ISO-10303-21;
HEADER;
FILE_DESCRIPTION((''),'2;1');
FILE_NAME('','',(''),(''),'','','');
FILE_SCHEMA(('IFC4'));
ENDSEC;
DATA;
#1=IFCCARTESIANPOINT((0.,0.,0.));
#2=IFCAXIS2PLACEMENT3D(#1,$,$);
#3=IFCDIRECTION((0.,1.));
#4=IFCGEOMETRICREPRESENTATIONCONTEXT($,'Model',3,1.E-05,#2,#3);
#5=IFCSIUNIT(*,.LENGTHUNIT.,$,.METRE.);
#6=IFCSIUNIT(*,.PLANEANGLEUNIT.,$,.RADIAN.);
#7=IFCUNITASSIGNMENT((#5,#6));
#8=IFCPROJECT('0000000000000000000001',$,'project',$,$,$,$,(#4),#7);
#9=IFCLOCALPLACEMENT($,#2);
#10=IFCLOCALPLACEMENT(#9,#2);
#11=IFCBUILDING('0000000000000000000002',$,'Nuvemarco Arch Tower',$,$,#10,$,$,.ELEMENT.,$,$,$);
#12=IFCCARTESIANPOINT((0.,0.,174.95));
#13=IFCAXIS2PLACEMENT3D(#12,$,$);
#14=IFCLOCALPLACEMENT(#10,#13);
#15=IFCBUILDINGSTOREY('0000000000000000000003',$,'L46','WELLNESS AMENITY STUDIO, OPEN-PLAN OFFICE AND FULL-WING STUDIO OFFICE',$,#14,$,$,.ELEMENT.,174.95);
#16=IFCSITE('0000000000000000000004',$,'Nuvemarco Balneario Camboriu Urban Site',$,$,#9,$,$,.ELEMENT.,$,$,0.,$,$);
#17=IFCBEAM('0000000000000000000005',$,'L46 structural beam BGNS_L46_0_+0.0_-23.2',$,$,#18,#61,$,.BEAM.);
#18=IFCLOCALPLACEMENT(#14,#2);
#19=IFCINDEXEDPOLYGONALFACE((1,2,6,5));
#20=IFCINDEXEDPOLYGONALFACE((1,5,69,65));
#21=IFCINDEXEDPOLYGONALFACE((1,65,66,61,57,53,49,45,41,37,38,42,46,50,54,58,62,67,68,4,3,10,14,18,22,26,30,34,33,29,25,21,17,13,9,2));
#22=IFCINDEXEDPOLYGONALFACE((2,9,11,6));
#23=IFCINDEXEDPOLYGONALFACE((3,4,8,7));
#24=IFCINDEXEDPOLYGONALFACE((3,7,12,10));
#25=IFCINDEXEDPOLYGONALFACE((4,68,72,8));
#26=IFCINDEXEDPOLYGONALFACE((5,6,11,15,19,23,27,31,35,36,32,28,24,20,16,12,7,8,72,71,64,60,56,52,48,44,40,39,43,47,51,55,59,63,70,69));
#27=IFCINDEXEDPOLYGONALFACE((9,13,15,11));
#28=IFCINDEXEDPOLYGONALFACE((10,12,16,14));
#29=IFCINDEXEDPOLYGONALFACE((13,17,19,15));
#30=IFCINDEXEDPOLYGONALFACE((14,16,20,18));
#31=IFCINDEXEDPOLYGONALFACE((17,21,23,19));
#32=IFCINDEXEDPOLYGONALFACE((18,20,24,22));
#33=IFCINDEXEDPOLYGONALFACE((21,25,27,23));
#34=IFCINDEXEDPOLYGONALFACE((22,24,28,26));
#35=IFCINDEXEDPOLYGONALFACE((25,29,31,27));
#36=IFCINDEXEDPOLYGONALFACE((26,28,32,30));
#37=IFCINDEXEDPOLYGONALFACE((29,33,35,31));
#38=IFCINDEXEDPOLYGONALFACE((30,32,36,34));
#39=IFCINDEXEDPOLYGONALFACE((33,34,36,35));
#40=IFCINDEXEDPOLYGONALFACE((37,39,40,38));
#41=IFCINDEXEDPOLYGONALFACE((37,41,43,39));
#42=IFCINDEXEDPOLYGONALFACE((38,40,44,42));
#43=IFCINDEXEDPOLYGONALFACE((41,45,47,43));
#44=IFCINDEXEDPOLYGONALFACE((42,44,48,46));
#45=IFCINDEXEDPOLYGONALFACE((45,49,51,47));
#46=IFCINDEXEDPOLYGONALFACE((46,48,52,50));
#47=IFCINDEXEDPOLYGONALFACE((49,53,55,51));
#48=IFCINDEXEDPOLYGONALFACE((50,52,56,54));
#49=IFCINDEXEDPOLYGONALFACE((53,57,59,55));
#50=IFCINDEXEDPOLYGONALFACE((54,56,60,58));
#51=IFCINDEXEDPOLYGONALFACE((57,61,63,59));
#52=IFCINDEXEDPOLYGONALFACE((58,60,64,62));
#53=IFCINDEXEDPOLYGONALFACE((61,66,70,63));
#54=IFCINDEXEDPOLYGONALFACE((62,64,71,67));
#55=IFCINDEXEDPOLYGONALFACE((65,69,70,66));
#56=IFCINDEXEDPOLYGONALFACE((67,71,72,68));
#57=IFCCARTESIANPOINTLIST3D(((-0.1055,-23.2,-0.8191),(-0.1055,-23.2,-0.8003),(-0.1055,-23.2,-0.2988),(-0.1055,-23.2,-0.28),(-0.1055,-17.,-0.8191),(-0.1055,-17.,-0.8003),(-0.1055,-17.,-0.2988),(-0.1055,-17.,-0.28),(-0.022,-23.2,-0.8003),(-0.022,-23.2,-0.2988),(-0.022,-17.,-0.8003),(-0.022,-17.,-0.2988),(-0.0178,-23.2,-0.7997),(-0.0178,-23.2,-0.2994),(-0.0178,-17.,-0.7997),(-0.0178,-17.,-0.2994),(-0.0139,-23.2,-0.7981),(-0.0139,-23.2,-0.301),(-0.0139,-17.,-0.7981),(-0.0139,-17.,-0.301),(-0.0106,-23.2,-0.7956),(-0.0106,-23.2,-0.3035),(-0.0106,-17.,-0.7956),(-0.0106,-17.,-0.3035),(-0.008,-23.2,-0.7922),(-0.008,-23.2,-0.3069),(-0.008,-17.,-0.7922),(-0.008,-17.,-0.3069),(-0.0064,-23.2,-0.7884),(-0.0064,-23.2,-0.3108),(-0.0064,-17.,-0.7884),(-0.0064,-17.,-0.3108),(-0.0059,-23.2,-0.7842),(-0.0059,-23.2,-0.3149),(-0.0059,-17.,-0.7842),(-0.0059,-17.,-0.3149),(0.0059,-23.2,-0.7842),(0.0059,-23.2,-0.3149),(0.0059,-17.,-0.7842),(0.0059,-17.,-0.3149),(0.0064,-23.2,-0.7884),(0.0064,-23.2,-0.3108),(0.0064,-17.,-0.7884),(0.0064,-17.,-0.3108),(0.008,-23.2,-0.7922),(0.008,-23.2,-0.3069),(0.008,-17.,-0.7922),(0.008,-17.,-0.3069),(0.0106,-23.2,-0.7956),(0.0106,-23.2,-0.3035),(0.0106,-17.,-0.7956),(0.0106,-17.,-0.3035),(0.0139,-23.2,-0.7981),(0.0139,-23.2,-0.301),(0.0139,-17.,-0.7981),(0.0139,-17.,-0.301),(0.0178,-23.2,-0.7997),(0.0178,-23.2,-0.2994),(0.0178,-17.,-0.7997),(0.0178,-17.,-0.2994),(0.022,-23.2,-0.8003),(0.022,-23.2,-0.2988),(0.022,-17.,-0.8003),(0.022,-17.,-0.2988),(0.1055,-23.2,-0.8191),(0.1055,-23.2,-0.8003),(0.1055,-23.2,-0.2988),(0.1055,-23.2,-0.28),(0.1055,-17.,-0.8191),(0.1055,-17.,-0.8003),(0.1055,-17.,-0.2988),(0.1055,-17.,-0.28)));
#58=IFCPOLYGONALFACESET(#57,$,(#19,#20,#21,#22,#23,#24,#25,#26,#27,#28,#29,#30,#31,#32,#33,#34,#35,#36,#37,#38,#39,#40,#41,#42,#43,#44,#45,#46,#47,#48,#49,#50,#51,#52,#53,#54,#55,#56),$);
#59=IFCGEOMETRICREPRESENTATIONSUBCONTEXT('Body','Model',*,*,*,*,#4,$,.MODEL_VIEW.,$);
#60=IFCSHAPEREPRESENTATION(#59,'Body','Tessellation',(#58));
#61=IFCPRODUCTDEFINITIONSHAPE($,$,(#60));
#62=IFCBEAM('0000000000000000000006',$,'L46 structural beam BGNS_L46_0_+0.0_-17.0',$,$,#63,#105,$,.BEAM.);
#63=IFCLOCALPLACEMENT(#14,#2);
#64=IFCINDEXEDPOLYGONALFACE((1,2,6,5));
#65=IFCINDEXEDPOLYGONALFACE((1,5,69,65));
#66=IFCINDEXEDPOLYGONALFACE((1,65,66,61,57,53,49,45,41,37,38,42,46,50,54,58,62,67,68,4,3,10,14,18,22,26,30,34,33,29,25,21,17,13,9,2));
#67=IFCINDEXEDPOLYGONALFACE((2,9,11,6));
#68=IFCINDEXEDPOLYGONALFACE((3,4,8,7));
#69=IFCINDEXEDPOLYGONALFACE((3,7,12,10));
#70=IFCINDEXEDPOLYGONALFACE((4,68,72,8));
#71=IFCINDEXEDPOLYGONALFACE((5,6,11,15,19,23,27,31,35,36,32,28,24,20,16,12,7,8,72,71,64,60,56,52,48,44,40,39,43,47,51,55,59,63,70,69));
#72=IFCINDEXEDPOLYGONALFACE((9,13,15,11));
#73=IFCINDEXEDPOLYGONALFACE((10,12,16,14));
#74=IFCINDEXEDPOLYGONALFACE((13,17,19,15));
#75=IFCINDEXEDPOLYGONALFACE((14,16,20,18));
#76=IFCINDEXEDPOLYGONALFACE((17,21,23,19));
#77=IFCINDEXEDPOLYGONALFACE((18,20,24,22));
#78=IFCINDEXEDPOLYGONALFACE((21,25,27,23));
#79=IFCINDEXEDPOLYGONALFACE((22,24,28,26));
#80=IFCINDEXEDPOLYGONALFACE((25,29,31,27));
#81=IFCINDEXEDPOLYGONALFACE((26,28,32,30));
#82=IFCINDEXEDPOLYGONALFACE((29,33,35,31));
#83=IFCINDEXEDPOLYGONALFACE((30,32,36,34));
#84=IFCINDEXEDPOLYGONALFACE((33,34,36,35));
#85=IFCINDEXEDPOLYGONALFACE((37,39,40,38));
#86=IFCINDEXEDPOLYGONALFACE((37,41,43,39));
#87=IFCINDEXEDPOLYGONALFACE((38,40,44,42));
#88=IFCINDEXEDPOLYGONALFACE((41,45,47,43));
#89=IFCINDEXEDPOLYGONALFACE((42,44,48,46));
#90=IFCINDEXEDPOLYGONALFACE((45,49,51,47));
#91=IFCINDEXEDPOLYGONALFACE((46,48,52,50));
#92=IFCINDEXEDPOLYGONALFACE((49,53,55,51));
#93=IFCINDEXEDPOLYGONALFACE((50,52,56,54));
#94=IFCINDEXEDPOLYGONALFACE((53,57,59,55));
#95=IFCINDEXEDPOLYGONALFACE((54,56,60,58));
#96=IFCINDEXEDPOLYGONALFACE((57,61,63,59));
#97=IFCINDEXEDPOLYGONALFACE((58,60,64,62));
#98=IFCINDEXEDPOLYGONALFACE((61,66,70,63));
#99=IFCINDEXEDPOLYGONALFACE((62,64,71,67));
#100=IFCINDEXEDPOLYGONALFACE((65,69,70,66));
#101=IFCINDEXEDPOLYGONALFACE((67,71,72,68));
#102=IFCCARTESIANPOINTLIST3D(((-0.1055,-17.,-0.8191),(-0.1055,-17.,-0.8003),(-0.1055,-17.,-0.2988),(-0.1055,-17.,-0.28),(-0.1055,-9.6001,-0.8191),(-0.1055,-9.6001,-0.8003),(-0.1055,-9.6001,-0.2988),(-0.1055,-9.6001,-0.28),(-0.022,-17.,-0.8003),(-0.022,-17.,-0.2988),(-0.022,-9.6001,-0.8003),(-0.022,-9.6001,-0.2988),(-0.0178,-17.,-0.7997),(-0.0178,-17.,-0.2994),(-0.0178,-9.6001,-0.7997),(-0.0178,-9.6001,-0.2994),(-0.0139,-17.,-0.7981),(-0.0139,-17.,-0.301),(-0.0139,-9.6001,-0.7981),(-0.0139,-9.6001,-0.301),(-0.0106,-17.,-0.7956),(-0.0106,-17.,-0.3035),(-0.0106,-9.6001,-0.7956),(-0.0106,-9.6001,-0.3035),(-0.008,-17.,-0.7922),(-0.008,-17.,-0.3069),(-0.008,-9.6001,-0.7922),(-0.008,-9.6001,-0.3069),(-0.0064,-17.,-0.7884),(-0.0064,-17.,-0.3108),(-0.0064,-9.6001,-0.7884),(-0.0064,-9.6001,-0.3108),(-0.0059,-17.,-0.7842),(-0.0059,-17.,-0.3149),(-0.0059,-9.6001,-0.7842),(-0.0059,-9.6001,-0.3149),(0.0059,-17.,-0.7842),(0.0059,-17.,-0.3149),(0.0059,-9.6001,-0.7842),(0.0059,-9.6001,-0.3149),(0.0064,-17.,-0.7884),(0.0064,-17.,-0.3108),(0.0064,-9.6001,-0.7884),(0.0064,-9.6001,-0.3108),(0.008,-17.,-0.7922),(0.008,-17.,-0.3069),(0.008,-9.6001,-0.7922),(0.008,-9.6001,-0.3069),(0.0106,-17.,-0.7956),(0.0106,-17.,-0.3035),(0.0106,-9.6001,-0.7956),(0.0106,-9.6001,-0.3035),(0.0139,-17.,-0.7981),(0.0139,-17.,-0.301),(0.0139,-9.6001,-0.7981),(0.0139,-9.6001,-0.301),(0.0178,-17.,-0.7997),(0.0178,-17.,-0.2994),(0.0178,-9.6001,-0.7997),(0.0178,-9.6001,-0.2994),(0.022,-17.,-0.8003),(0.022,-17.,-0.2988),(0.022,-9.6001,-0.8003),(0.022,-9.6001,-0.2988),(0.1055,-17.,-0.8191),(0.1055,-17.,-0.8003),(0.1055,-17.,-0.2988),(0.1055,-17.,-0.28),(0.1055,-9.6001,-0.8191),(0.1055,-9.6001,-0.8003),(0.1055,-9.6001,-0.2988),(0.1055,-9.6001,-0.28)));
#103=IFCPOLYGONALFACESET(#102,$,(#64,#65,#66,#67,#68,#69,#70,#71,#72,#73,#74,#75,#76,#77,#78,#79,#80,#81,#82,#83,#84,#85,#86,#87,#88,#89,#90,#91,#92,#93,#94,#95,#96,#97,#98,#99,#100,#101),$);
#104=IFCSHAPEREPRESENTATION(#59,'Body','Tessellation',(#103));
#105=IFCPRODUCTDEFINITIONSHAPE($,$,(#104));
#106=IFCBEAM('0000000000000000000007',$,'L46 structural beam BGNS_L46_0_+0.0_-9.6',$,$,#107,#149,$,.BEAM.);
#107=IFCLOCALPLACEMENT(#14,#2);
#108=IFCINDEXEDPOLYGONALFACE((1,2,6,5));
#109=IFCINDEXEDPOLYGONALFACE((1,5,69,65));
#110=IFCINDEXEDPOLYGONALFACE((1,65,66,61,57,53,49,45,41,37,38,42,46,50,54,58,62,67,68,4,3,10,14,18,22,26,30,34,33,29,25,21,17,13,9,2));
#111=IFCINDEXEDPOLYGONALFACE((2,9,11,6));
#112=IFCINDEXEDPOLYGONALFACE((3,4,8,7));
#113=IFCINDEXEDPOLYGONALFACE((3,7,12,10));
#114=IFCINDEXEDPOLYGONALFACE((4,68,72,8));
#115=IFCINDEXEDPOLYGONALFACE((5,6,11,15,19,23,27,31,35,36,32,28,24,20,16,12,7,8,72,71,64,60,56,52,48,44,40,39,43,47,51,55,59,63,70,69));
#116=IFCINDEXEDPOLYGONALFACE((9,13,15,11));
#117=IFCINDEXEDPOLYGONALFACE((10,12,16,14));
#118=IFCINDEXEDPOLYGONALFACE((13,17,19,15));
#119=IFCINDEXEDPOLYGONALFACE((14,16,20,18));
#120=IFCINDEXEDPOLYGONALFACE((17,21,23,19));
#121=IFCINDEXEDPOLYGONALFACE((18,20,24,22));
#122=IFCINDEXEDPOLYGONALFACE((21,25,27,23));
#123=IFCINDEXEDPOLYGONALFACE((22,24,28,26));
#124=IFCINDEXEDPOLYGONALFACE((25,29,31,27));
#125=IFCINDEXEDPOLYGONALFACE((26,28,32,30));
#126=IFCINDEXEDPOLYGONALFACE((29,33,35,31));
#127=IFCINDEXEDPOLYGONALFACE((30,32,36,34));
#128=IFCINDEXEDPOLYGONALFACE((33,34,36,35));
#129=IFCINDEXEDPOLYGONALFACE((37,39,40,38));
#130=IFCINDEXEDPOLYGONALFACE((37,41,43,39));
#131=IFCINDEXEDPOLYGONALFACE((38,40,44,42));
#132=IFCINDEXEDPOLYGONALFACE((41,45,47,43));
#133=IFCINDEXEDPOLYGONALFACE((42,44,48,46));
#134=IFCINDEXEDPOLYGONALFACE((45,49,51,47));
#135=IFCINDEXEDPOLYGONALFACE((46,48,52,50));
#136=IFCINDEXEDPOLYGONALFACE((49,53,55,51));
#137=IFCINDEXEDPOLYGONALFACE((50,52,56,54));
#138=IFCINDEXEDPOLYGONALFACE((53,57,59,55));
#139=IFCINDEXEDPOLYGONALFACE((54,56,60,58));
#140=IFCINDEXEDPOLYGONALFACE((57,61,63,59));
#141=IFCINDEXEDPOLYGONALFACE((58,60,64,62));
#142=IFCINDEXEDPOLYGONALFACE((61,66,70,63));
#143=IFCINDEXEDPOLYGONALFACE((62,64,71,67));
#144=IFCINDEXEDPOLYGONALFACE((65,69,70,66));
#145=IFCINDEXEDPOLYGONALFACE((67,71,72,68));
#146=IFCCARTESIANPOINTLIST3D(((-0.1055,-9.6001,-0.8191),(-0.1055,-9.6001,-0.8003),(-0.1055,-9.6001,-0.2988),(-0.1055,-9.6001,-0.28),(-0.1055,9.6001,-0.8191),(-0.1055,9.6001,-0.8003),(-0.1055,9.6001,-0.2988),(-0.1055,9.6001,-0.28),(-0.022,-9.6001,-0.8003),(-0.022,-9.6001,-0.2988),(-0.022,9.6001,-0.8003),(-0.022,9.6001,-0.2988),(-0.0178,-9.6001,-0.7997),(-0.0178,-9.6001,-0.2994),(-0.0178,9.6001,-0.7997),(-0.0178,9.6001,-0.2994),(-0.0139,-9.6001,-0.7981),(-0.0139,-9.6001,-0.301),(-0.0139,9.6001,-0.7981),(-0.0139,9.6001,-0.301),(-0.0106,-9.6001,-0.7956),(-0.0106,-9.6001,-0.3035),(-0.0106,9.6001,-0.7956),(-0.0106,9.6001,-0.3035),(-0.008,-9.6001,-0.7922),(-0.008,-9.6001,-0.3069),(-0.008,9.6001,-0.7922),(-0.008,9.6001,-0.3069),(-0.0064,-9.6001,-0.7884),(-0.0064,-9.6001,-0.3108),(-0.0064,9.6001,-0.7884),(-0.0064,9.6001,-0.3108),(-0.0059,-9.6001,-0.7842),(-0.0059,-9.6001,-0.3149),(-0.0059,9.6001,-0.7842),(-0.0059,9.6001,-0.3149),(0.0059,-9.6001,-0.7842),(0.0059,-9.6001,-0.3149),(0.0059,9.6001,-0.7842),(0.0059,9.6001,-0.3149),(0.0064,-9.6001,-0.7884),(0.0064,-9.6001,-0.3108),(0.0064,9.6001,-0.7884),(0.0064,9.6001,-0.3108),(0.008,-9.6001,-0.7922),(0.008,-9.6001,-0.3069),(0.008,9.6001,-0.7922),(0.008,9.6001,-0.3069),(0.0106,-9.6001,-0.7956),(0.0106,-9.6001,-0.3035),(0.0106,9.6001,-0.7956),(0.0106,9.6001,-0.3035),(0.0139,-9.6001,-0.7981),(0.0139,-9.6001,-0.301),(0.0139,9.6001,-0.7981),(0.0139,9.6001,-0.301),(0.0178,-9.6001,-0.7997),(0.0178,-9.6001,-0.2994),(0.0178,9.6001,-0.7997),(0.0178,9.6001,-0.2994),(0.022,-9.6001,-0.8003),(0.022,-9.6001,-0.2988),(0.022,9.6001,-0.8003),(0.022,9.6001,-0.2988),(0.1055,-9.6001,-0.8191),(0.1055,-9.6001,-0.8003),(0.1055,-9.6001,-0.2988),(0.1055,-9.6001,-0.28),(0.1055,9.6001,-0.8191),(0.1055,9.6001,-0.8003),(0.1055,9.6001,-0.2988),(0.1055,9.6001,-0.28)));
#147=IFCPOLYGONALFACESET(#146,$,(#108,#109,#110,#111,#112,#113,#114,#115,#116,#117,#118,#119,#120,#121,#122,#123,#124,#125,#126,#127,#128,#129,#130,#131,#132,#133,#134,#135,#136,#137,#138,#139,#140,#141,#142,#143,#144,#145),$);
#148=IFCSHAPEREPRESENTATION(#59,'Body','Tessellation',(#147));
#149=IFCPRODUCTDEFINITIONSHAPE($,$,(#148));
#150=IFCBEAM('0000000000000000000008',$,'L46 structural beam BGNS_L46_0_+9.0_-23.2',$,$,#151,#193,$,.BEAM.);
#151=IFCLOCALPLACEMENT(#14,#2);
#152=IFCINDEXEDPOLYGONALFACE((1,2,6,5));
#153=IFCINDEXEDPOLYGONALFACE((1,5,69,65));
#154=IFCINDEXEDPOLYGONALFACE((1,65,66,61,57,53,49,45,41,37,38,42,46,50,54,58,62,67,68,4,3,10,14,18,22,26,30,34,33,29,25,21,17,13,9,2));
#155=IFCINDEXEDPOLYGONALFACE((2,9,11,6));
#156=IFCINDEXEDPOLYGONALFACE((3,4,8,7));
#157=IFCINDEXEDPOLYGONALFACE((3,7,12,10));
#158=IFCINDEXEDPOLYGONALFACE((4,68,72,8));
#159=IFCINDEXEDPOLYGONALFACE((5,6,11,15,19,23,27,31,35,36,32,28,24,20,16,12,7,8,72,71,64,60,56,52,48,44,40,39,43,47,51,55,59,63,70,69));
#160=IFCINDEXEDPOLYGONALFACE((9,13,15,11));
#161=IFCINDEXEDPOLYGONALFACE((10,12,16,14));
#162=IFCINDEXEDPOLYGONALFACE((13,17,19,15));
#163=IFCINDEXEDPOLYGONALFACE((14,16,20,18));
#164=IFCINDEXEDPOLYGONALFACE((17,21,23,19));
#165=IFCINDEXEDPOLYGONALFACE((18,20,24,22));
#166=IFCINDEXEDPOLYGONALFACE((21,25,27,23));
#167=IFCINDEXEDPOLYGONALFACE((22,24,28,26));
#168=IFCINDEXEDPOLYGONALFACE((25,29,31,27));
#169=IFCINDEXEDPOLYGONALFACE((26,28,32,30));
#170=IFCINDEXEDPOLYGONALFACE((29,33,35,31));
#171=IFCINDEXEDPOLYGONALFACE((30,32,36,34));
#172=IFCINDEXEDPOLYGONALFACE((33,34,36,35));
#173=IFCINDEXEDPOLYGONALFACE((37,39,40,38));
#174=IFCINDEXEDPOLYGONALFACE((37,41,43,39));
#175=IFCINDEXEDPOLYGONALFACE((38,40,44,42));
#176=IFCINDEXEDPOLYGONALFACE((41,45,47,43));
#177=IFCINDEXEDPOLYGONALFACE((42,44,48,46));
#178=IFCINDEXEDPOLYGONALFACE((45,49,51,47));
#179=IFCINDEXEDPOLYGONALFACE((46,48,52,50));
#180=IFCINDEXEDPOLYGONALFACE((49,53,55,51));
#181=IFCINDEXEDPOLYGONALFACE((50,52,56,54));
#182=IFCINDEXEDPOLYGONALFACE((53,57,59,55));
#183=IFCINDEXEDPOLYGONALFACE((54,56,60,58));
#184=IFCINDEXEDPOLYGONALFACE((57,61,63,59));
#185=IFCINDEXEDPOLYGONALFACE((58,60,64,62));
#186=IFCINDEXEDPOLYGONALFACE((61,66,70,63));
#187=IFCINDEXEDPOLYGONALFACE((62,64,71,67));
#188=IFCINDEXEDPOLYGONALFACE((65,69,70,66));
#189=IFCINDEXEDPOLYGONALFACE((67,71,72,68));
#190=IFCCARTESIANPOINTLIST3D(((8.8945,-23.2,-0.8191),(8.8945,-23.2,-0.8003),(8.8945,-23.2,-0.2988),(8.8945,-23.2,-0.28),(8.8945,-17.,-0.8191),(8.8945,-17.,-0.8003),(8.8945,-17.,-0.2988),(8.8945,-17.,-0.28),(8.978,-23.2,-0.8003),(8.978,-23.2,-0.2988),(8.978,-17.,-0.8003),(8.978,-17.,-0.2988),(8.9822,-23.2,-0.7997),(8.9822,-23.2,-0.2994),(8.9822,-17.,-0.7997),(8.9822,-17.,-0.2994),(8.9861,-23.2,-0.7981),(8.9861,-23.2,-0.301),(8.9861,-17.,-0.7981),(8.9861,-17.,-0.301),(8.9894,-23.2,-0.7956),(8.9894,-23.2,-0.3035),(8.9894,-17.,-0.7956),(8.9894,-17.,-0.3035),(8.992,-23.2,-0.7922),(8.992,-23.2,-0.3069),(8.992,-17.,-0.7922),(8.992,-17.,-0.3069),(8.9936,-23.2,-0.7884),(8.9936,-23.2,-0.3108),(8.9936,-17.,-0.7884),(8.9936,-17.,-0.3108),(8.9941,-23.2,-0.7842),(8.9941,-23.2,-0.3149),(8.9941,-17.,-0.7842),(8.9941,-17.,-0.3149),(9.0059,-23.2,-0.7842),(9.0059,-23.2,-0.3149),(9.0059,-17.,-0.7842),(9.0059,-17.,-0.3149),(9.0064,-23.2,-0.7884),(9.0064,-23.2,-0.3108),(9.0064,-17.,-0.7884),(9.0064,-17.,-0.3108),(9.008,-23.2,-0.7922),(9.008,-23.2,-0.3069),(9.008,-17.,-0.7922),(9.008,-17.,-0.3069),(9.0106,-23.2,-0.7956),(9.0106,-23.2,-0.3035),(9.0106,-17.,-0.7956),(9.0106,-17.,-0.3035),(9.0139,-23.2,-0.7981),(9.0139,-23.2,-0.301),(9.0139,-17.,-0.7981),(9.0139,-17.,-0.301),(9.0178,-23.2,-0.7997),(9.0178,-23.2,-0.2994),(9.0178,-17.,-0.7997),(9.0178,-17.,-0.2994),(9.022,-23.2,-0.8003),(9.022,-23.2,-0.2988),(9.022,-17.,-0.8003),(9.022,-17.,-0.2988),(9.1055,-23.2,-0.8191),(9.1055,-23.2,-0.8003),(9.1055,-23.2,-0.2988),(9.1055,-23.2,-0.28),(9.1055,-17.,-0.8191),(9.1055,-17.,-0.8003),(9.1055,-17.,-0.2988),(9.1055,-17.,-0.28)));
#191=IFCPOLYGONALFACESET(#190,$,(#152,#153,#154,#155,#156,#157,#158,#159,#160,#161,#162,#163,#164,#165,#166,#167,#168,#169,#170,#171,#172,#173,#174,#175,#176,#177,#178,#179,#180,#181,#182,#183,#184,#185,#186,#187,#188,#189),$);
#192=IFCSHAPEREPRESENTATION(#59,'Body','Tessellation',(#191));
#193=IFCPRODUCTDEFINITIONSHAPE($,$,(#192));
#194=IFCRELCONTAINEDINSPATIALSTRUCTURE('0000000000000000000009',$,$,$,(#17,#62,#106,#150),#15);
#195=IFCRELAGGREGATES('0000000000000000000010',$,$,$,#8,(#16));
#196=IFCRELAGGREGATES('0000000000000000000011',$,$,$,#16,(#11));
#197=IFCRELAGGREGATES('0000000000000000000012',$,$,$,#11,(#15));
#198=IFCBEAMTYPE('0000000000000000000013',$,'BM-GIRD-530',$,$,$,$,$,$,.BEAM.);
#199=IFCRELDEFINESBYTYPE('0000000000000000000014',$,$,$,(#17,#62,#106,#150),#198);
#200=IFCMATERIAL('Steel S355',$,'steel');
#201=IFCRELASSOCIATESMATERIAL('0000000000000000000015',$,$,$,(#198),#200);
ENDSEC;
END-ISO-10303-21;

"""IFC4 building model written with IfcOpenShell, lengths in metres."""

from ifc_helpers import new_model, si_unit, direction, frame, origin, origin_2d, place, context, subcontext, project, spatial, i_section, extrude, material, material_profile, profile_set, type_object, element, save


model = new_model("IFC4")

# Units and contexts
model_context = context("Model", 3, precision=1e-05, world=origin(), true_north=direction((0.0, 1.0)))
body_context = subcontext(model_context, "Body", "Model", "MODEL_VIEW")
ifc_project = project(units=[si_unit("LENGTHUNIT", "METRE"), si_unit("PLANEANGLEUNIT", "RADIAN")], contexts=[model_context])

# Site, building, storey
site_placement = place(None, origin())
site = spatial("IfcSite", under=ifc_project, at=site_placement, Name="Nuvemarco Balneario Camboriu Urban Site", CompositionType="ELEMENT", RefElevation=0.0)
building_placement = place(site_placement, origin())
building = spatial("IfcBuilding", under=site, at=building_placement, Name="Nuvemarco Arch Tower", CompositionType="ELEMENT")
storey_placement = place(building_placement, frame((0.0, 0.0, 174.95)))
storey = spatial("IfcBuildingStorey", under=building, at=storey_placement, Name="L46", Description="WELLNESS AMENITY STUDIO, OPEN-PLAN OFFICE AND FULL-WING STUDIO OFFICE", CompositionType="ELEMENT", Elevation=174.95)

# Shared definitions
ifc_material_1 = material(Name="Steel S355", Category="steel")

# Beams
ifc_material_profile_1 = material_profile(ifc_material_1, i_section(OverallWidth=0.2109, OverallDepth=0.5391, WebThickness=0.0117, FlangeThickness=0.0188, FilletRadius=0.0161, at=origin_2d()), Name="W530x109")
ifc_profile_set_1 = profile_set([ifc_material_profile_1], Name="Steel S355")
beam_type_1 = type_object("IfcBeamType", Name="BM-GIRD-530", PredefinedType="BEAM", material=ifc_profile_set_1)
beam_1_placement = place(storey_placement, frame((0.0, -23.2, -0.5496), z_axis=(0.0, 1.0, 0.0), x_axis=(-1.0, 0.0, 0.0)))
element("IfcBeam", 1, at=beam_1_placement, inside=storey, type_object=beam_type_1, Name="L46 structural beam BGNS_L46_0_+0.0_-23.2", PredefinedType="BEAM", context=body_context, shape_type="SweptSolid", body=[
    extrude(i_section(OverallWidth=0.2109, OverallDepth=0.5391, WebThickness=0.0117, FlangeThickness=0.0188, FilletRadius=0.0161, at=origin_2d()), origin(), (0.0, 0.0, 1.0), 6.2),
])
beam_2_placement = place(storey_placement, frame((0.0, -17.0, -0.5496), z_axis=(0.0, 1.0, 0.0), x_axis=(-1.0, 0.0, 0.0)))
element("IfcBeam", 2, at=beam_2_placement, inside=storey, type_object=beam_type_1, Name="L46 structural beam BGNS_L46_0_+0.0_-17.0", PredefinedType="BEAM", context=body_context, shape_type="SweptSolid", body=[
    extrude(i_section(OverallWidth=0.2109, OverallDepth=0.5391, WebThickness=0.0117, FlangeThickness=0.0188, FilletRadius=0.0161, at=origin_2d()), origin(), (0.0, 0.0, 1.0), 7.3999),
])
beam_3_placement = place(storey_placement, frame((0.0, -9.6001, -0.5496), z_axis=(0.0, 1.0, 0.0), x_axis=(-1.0, 0.0, 0.0)))
element("IfcBeam", 3, at=beam_3_placement, inside=storey, type_object=beam_type_1, Name="L46 structural beam BGNS_L46_0_+0.0_-9.6", PredefinedType="BEAM", context=body_context, shape_type="SweptSolid", body=[
    extrude(i_section(OverallWidth=0.2109, OverallDepth=0.5391, WebThickness=0.0117, FlangeThickness=0.0188, FilletRadius=0.0161, at=origin_2d()), origin(), (0.0, 0.0, 1.0), 19.2002),
])
beam_4_placement = place(storey_placement, frame((9.0, -23.2, -0.5496), z_axis=(0.0, 1.0, 0.0), x_axis=(-1.0, 0.0, 0.0)))
element("IfcBeam", 4, at=beam_4_placement, inside=storey, type_object=beam_type_1, Name="L46 structural beam BGNS_L46_0_+9.0_-23.2", PredefinedType="BEAM", context=body_context, shape_type="SweptSolid", body=[
    extrude(i_section(OverallWidth=0.2109, OverallDepth=0.5391, WebThickness=0.0117, FlangeThickness=0.0188, FilletRadius=0.0161, at=origin_2d()), origin(), (0.0, 0.0, 1.0), 6.2),
])

save(model, "model.ifc")
